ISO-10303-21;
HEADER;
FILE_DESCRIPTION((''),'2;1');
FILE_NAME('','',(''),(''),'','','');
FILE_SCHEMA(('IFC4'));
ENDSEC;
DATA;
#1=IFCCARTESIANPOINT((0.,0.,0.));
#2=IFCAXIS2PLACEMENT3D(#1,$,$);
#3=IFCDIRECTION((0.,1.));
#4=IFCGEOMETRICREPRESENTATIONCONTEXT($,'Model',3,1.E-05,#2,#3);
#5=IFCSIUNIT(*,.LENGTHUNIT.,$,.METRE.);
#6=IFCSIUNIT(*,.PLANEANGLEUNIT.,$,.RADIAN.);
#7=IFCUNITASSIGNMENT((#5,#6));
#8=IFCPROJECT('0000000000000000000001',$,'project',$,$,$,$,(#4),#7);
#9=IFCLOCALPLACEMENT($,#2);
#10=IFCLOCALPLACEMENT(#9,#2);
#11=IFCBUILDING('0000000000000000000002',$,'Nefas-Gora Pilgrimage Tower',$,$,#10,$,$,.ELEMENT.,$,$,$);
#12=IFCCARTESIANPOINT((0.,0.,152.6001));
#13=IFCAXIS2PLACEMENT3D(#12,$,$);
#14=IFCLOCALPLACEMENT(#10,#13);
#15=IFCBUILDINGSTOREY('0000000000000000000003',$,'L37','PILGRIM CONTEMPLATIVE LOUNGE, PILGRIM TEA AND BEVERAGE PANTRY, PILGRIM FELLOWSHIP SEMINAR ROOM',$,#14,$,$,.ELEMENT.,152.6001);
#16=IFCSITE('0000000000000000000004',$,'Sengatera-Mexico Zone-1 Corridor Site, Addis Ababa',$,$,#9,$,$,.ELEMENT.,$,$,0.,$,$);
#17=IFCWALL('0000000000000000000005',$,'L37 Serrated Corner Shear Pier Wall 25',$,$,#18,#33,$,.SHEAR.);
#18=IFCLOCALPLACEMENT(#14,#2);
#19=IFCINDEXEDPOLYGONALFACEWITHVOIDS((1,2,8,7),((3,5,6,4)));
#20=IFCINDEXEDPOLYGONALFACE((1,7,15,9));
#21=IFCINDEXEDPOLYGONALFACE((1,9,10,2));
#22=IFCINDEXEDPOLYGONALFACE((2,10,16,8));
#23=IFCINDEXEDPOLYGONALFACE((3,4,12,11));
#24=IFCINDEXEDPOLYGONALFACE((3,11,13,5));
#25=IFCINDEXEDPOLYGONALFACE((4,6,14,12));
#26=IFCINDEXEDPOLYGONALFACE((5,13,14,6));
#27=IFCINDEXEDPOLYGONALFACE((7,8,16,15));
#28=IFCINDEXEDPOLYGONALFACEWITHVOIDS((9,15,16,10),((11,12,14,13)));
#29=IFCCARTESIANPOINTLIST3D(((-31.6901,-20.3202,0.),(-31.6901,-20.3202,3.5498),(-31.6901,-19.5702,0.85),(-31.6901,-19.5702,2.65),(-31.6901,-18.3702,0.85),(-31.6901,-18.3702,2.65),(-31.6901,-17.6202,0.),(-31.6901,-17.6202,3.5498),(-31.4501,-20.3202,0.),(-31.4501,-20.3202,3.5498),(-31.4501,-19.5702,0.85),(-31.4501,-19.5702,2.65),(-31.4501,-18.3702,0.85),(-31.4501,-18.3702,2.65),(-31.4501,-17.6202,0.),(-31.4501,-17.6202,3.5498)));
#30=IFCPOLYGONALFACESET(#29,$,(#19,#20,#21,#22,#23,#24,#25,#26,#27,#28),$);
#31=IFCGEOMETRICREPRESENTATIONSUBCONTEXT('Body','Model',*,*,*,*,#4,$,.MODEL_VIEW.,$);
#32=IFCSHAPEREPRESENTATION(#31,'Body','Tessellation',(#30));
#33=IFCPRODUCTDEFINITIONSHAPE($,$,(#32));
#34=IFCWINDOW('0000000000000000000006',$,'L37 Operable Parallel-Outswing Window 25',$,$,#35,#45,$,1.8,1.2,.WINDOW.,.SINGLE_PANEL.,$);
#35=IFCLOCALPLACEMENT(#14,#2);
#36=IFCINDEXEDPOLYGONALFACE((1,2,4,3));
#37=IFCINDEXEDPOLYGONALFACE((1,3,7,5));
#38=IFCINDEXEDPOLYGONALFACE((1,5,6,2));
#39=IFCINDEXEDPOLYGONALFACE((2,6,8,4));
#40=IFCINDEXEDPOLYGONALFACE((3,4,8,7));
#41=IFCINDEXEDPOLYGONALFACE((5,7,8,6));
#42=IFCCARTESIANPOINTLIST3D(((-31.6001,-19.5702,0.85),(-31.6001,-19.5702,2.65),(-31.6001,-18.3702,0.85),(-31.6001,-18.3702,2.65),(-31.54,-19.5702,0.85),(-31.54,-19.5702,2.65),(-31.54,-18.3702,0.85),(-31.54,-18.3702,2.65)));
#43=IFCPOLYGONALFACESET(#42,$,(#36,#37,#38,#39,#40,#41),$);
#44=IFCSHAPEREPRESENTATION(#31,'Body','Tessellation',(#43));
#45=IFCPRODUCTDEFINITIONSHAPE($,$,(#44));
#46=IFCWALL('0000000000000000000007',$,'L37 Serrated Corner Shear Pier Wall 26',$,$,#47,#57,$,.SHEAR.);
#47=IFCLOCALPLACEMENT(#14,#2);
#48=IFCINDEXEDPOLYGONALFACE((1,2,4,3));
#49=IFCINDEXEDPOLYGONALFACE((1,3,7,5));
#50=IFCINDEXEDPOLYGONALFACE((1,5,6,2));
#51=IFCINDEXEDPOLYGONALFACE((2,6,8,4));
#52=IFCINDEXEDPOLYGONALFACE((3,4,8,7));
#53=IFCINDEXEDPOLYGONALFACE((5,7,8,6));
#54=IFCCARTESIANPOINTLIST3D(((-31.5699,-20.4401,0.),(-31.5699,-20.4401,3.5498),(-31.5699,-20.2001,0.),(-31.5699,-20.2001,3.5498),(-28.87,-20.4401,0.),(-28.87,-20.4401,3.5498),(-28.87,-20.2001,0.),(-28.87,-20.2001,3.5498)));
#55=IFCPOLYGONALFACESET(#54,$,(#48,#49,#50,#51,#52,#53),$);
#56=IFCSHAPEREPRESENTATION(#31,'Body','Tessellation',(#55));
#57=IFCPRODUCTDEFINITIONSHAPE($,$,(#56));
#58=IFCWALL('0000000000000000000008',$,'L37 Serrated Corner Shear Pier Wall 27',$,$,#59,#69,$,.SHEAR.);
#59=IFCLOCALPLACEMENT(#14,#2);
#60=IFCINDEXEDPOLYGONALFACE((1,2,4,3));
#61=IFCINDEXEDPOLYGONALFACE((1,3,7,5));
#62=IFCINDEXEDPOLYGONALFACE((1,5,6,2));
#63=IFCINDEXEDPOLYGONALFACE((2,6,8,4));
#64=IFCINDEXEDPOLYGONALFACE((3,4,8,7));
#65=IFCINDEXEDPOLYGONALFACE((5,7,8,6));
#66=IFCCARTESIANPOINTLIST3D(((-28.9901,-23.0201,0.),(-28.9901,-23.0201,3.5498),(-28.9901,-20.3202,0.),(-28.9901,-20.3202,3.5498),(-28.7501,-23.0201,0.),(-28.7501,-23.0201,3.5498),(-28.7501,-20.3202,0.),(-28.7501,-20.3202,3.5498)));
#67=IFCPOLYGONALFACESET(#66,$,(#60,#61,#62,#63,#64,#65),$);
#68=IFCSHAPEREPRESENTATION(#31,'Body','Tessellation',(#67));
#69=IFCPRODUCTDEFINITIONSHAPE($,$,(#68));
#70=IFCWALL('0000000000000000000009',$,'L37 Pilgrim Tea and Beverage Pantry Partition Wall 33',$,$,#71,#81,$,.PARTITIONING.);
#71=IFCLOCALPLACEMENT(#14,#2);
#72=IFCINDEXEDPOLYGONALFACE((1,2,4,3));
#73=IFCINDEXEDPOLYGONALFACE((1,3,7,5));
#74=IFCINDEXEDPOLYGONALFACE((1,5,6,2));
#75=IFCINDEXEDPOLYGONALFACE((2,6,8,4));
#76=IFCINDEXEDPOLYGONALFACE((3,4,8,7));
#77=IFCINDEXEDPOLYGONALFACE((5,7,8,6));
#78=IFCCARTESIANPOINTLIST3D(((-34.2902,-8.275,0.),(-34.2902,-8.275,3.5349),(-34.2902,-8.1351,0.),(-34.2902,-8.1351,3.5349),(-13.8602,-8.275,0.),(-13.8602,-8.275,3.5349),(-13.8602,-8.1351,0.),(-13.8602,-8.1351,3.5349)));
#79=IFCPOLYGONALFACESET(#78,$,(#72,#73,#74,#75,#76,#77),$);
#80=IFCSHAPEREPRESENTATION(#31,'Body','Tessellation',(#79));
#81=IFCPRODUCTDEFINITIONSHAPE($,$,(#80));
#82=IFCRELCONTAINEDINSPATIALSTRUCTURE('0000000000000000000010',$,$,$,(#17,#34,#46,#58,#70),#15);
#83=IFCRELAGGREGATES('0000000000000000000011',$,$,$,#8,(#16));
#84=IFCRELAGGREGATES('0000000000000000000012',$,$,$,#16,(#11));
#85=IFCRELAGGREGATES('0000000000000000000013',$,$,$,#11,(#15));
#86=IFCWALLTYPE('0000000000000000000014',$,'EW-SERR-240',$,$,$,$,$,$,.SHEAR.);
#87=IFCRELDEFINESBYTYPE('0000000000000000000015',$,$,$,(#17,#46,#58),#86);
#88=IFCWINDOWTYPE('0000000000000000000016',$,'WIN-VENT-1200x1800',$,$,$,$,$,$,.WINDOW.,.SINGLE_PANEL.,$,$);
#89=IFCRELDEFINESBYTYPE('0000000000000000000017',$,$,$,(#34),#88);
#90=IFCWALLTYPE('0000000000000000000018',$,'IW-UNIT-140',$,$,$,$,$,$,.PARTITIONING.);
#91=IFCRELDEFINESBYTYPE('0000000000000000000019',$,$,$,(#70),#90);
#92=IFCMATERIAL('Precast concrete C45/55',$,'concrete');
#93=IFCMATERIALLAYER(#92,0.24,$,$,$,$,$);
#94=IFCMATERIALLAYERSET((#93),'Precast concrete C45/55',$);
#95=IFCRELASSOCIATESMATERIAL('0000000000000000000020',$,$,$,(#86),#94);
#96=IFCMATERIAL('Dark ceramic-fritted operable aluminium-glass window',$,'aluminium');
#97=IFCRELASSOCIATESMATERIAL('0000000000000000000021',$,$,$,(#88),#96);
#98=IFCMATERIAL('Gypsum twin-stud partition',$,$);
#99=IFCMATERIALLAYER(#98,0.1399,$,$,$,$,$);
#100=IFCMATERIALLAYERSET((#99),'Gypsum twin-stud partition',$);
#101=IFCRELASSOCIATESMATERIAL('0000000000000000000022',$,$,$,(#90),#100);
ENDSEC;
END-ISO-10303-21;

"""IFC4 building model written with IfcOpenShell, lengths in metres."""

from ifc_helpers import new_model, si_unit, direction, frame, frame_2d, origin, place, context, subcontext, project, spatial, rectangle, extrude, source, transform, mapped, material, layer, layer_set, type_object, element, fill, save


model = new_model("IFC4")

# Units and contexts
model_context = context("Model", 3, precision=1e-05, world=origin(), true_north=direction((0.0, 1.0)))
body_context = subcontext(model_context, "Body", "Model", "MODEL_VIEW")
ifc_project = project(units=[si_unit("LENGTHUNIT", "METRE"), si_unit("PLANEANGLEUNIT", "RADIAN")], contexts=[model_context])

# Site, building, storey
site_placement = place(None, origin())
site = spatial("IfcSite", under=ifc_project, at=site_placement, Name="Sengatera-Mexico Zone-1 Corridor Site, Addis Ababa", CompositionType="ELEMENT", RefElevation=0.0)
building_placement = place(site_placement, origin())
building = spatial("IfcBuilding", under=site, at=building_placement, Name="Nefas-Gora Pilgrimage Tower", CompositionType="ELEMENT")
storey_placement = place(building_placement, frame((0.0, 0.0, 152.6001)))
storey = spatial("IfcBuildingStorey", under=building, at=storey_placement, Name="L37", Description="PILGRIM CONTEMPLATIVE LOUNGE, PILGRIM TEA AND BEVERAGE PANTRY, PILGRIM FELLOWSHIP SEMINAR ROOM", CompositionType="ELEMENT", Elevation=152.6001)

# Shared definitions
ifc_material_1 = material(Name="Precast concrete C45/55", Category="concrete")
ifc_layer_1 = layer(ifc_material_1, 0.24)
ifc_layer_set_1 = layer_set([ifc_layer_1], Name="Precast concrete C45/55")
wall_type_1 = type_object("IfcWallType", Name="EW-SERR-240", PredefinedType="SHEAR", material=ifc_layer_set_1)
shared_shape_1 = source(origin(), body_context, "Body", "SweptSolid", [
    extrude(rectangle(XDim=2.7, YDim=0.24, at=frame_2d((1.3501, 0.0))), origin(), (0.0, 0.0, 1.0), 3.5498),
])

# Wall, opening, window
wall_1_placement = place(storey_placement, frame((-31.5701, -17.6201, 0.0), z_axis=(0.0, 0.0, 1.0), x_axis=(0.0, -1.0, 0.0)))
wall_1 = element("IfcWall", 1, at=wall_1_placement, inside=storey, type_object=wall_type_1, Name="L37 Serrated Corner Shear Pier Wall 25", PredefinedType="SHEAR", context=body_context, shape_type="MappedRepresentation", body=[
    mapped(shared_shape_1, transform((0.0, 0.0, 0.0), x_axis=(1.0, 0.0, 0.0), y_axis=(0.0, 1.0, 0.0), z_axis=(0.0, 0.0, 1.0), scale=1.0)),
])
opening_placement = place(wall_1_placement, frame((0.75, 0.0, 0.8501)))
opening = element("IfcOpeningElement", 2, at=opening_placement, cuts=wall_1, PredefinedType="OPENING", context=body_context, shape_type="SweptSolid", body=[
    extrude(rectangle(XDim=1.2, YDim=1.8, at=frame_2d((0.6001, 0.8999))), frame((0.0, 0.1299, 0.0), z_axis=(0.0, -1.0, 0.0), x_axis=(1.0, 0.0, 0.0)), (0.0, 0.0, 1.0), 0.26),
])
ifc_material_2 = material(Name="Dark ceramic-fritted operable aluminium-glass window", Category="aluminium")
window_type = type_object("IfcWindowType", Name="WIN-VENT-1200x1800", PartitioningType="SINGLE_PANEL", PredefinedType="WINDOW", material=ifc_material_2)
shared_shape_2 = source(origin(), body_context, "Body", "SweptSolid", [
    extrude(rectangle(XDim=1.2, YDim=1.8, at=frame_2d((0.6001, 0.8999))), frame((0.0, 0.03, 0.0), z_axis=(0.0, -1.0, 0.0), x_axis=(1.0, 0.0, 0.0)), (0.0, 0.0, 1.0), 0.0601),
])
window_placement = place(opening_placement, origin())
window = element("IfcWindow", 3, at=window_placement, inside=storey, type_object=window_type, Name="L37 Operable Parallel-Outswing Window 25", OverallHeight=1.8, OverallWidth=1.2, PartitioningType="SINGLE_PANEL", PredefinedType="WINDOW", context=body_context, shape_type="MappedRepresentation", body=[
    mapped(shared_shape_2, transform((0.0, 0.0, 0.0), x_axis=(1.0, 0.0, 0.0), y_axis=(0.0, 1.0, 0.0), z_axis=(0.0, 0.0, 1.0), scale=1.0)),
])
fill(opening, window)

# Walls
for number, where, z_axis, x_axis, name in (
    (4, (-31.5701, -20.3201, 0.0), (0.0, 0.0, 1.0), (1.0, 0.0, 0.0), "L37 Serrated Corner Shear Pier Wall 26"),
    (5, (-28.8701, -20.3201, 0.0), (0.0, 0.0, 1.0), (0.0, -1.0, 0.0), "L37 Serrated Corner Shear Pier Wall 27"),
):
    element("IfcWall", number, at=place(storey_placement, frame(where, z_axis=z_axis, x_axis=x_axis)), inside=storey, type_object=wall_type_1, Name=name, PredefinedType="SHEAR", context=body_context, shape_type="MappedRepresentation", body=[
        mapped(shared_shape_1, transform((0.0, 0.0, 0.0), x_axis=(1.0, 0.0, 0.0), y_axis=(0.0, 1.0, 0.0), z_axis=(0.0, 0.0, 1.0), scale=1.0)),
    ])
ifc_material_3 = material(Name="Gypsum twin-stud partition")
ifc_layer_2 = layer(ifc_material_3, 0.1399)
ifc_layer_set_2 = layer_set([ifc_layer_2], Name="Gypsum twin-stud partition")
wall_type_2 = type_object("IfcWallType", Name="IW-UNIT-140", PredefinedType="PARTITIONING", material=ifc_layer_set_2)
shared_shape_3 = source(origin(), body_context, "Body", "SweptSolid", [
    extrude(rectangle(XDim=20.4299, YDim=0.1399, at=frame_2d((10.2148, 0.0))), origin(), (0.0, 0.0, 1.0), 3.5349),
])
wall_2_placement = place(storey_placement, frame((-34.29, -8.2051, 0.0), z_axis=(0.0, 0.0, 1.0), x_axis=(1.0, 0.0, 0.0)))
element("IfcWall", 6, at=wall_2_placement, inside=storey, type_object=wall_type_2, Name="L37 Pilgrim Tea and Beverage Pantry Partition Wall 33", PredefinedType="PARTITIONING", context=body_context, shape_type="MappedRepresentation", body=[
    mapped(shared_shape_3, transform((0.0, 0.0, 0.0), x_axis=(1.0, 0.0, 0.0), y_axis=(0.0, 1.0, 0.0), z_axis=(0.0, 0.0, 1.0), scale=1.0)),
])

save(model, "model.ifc")
